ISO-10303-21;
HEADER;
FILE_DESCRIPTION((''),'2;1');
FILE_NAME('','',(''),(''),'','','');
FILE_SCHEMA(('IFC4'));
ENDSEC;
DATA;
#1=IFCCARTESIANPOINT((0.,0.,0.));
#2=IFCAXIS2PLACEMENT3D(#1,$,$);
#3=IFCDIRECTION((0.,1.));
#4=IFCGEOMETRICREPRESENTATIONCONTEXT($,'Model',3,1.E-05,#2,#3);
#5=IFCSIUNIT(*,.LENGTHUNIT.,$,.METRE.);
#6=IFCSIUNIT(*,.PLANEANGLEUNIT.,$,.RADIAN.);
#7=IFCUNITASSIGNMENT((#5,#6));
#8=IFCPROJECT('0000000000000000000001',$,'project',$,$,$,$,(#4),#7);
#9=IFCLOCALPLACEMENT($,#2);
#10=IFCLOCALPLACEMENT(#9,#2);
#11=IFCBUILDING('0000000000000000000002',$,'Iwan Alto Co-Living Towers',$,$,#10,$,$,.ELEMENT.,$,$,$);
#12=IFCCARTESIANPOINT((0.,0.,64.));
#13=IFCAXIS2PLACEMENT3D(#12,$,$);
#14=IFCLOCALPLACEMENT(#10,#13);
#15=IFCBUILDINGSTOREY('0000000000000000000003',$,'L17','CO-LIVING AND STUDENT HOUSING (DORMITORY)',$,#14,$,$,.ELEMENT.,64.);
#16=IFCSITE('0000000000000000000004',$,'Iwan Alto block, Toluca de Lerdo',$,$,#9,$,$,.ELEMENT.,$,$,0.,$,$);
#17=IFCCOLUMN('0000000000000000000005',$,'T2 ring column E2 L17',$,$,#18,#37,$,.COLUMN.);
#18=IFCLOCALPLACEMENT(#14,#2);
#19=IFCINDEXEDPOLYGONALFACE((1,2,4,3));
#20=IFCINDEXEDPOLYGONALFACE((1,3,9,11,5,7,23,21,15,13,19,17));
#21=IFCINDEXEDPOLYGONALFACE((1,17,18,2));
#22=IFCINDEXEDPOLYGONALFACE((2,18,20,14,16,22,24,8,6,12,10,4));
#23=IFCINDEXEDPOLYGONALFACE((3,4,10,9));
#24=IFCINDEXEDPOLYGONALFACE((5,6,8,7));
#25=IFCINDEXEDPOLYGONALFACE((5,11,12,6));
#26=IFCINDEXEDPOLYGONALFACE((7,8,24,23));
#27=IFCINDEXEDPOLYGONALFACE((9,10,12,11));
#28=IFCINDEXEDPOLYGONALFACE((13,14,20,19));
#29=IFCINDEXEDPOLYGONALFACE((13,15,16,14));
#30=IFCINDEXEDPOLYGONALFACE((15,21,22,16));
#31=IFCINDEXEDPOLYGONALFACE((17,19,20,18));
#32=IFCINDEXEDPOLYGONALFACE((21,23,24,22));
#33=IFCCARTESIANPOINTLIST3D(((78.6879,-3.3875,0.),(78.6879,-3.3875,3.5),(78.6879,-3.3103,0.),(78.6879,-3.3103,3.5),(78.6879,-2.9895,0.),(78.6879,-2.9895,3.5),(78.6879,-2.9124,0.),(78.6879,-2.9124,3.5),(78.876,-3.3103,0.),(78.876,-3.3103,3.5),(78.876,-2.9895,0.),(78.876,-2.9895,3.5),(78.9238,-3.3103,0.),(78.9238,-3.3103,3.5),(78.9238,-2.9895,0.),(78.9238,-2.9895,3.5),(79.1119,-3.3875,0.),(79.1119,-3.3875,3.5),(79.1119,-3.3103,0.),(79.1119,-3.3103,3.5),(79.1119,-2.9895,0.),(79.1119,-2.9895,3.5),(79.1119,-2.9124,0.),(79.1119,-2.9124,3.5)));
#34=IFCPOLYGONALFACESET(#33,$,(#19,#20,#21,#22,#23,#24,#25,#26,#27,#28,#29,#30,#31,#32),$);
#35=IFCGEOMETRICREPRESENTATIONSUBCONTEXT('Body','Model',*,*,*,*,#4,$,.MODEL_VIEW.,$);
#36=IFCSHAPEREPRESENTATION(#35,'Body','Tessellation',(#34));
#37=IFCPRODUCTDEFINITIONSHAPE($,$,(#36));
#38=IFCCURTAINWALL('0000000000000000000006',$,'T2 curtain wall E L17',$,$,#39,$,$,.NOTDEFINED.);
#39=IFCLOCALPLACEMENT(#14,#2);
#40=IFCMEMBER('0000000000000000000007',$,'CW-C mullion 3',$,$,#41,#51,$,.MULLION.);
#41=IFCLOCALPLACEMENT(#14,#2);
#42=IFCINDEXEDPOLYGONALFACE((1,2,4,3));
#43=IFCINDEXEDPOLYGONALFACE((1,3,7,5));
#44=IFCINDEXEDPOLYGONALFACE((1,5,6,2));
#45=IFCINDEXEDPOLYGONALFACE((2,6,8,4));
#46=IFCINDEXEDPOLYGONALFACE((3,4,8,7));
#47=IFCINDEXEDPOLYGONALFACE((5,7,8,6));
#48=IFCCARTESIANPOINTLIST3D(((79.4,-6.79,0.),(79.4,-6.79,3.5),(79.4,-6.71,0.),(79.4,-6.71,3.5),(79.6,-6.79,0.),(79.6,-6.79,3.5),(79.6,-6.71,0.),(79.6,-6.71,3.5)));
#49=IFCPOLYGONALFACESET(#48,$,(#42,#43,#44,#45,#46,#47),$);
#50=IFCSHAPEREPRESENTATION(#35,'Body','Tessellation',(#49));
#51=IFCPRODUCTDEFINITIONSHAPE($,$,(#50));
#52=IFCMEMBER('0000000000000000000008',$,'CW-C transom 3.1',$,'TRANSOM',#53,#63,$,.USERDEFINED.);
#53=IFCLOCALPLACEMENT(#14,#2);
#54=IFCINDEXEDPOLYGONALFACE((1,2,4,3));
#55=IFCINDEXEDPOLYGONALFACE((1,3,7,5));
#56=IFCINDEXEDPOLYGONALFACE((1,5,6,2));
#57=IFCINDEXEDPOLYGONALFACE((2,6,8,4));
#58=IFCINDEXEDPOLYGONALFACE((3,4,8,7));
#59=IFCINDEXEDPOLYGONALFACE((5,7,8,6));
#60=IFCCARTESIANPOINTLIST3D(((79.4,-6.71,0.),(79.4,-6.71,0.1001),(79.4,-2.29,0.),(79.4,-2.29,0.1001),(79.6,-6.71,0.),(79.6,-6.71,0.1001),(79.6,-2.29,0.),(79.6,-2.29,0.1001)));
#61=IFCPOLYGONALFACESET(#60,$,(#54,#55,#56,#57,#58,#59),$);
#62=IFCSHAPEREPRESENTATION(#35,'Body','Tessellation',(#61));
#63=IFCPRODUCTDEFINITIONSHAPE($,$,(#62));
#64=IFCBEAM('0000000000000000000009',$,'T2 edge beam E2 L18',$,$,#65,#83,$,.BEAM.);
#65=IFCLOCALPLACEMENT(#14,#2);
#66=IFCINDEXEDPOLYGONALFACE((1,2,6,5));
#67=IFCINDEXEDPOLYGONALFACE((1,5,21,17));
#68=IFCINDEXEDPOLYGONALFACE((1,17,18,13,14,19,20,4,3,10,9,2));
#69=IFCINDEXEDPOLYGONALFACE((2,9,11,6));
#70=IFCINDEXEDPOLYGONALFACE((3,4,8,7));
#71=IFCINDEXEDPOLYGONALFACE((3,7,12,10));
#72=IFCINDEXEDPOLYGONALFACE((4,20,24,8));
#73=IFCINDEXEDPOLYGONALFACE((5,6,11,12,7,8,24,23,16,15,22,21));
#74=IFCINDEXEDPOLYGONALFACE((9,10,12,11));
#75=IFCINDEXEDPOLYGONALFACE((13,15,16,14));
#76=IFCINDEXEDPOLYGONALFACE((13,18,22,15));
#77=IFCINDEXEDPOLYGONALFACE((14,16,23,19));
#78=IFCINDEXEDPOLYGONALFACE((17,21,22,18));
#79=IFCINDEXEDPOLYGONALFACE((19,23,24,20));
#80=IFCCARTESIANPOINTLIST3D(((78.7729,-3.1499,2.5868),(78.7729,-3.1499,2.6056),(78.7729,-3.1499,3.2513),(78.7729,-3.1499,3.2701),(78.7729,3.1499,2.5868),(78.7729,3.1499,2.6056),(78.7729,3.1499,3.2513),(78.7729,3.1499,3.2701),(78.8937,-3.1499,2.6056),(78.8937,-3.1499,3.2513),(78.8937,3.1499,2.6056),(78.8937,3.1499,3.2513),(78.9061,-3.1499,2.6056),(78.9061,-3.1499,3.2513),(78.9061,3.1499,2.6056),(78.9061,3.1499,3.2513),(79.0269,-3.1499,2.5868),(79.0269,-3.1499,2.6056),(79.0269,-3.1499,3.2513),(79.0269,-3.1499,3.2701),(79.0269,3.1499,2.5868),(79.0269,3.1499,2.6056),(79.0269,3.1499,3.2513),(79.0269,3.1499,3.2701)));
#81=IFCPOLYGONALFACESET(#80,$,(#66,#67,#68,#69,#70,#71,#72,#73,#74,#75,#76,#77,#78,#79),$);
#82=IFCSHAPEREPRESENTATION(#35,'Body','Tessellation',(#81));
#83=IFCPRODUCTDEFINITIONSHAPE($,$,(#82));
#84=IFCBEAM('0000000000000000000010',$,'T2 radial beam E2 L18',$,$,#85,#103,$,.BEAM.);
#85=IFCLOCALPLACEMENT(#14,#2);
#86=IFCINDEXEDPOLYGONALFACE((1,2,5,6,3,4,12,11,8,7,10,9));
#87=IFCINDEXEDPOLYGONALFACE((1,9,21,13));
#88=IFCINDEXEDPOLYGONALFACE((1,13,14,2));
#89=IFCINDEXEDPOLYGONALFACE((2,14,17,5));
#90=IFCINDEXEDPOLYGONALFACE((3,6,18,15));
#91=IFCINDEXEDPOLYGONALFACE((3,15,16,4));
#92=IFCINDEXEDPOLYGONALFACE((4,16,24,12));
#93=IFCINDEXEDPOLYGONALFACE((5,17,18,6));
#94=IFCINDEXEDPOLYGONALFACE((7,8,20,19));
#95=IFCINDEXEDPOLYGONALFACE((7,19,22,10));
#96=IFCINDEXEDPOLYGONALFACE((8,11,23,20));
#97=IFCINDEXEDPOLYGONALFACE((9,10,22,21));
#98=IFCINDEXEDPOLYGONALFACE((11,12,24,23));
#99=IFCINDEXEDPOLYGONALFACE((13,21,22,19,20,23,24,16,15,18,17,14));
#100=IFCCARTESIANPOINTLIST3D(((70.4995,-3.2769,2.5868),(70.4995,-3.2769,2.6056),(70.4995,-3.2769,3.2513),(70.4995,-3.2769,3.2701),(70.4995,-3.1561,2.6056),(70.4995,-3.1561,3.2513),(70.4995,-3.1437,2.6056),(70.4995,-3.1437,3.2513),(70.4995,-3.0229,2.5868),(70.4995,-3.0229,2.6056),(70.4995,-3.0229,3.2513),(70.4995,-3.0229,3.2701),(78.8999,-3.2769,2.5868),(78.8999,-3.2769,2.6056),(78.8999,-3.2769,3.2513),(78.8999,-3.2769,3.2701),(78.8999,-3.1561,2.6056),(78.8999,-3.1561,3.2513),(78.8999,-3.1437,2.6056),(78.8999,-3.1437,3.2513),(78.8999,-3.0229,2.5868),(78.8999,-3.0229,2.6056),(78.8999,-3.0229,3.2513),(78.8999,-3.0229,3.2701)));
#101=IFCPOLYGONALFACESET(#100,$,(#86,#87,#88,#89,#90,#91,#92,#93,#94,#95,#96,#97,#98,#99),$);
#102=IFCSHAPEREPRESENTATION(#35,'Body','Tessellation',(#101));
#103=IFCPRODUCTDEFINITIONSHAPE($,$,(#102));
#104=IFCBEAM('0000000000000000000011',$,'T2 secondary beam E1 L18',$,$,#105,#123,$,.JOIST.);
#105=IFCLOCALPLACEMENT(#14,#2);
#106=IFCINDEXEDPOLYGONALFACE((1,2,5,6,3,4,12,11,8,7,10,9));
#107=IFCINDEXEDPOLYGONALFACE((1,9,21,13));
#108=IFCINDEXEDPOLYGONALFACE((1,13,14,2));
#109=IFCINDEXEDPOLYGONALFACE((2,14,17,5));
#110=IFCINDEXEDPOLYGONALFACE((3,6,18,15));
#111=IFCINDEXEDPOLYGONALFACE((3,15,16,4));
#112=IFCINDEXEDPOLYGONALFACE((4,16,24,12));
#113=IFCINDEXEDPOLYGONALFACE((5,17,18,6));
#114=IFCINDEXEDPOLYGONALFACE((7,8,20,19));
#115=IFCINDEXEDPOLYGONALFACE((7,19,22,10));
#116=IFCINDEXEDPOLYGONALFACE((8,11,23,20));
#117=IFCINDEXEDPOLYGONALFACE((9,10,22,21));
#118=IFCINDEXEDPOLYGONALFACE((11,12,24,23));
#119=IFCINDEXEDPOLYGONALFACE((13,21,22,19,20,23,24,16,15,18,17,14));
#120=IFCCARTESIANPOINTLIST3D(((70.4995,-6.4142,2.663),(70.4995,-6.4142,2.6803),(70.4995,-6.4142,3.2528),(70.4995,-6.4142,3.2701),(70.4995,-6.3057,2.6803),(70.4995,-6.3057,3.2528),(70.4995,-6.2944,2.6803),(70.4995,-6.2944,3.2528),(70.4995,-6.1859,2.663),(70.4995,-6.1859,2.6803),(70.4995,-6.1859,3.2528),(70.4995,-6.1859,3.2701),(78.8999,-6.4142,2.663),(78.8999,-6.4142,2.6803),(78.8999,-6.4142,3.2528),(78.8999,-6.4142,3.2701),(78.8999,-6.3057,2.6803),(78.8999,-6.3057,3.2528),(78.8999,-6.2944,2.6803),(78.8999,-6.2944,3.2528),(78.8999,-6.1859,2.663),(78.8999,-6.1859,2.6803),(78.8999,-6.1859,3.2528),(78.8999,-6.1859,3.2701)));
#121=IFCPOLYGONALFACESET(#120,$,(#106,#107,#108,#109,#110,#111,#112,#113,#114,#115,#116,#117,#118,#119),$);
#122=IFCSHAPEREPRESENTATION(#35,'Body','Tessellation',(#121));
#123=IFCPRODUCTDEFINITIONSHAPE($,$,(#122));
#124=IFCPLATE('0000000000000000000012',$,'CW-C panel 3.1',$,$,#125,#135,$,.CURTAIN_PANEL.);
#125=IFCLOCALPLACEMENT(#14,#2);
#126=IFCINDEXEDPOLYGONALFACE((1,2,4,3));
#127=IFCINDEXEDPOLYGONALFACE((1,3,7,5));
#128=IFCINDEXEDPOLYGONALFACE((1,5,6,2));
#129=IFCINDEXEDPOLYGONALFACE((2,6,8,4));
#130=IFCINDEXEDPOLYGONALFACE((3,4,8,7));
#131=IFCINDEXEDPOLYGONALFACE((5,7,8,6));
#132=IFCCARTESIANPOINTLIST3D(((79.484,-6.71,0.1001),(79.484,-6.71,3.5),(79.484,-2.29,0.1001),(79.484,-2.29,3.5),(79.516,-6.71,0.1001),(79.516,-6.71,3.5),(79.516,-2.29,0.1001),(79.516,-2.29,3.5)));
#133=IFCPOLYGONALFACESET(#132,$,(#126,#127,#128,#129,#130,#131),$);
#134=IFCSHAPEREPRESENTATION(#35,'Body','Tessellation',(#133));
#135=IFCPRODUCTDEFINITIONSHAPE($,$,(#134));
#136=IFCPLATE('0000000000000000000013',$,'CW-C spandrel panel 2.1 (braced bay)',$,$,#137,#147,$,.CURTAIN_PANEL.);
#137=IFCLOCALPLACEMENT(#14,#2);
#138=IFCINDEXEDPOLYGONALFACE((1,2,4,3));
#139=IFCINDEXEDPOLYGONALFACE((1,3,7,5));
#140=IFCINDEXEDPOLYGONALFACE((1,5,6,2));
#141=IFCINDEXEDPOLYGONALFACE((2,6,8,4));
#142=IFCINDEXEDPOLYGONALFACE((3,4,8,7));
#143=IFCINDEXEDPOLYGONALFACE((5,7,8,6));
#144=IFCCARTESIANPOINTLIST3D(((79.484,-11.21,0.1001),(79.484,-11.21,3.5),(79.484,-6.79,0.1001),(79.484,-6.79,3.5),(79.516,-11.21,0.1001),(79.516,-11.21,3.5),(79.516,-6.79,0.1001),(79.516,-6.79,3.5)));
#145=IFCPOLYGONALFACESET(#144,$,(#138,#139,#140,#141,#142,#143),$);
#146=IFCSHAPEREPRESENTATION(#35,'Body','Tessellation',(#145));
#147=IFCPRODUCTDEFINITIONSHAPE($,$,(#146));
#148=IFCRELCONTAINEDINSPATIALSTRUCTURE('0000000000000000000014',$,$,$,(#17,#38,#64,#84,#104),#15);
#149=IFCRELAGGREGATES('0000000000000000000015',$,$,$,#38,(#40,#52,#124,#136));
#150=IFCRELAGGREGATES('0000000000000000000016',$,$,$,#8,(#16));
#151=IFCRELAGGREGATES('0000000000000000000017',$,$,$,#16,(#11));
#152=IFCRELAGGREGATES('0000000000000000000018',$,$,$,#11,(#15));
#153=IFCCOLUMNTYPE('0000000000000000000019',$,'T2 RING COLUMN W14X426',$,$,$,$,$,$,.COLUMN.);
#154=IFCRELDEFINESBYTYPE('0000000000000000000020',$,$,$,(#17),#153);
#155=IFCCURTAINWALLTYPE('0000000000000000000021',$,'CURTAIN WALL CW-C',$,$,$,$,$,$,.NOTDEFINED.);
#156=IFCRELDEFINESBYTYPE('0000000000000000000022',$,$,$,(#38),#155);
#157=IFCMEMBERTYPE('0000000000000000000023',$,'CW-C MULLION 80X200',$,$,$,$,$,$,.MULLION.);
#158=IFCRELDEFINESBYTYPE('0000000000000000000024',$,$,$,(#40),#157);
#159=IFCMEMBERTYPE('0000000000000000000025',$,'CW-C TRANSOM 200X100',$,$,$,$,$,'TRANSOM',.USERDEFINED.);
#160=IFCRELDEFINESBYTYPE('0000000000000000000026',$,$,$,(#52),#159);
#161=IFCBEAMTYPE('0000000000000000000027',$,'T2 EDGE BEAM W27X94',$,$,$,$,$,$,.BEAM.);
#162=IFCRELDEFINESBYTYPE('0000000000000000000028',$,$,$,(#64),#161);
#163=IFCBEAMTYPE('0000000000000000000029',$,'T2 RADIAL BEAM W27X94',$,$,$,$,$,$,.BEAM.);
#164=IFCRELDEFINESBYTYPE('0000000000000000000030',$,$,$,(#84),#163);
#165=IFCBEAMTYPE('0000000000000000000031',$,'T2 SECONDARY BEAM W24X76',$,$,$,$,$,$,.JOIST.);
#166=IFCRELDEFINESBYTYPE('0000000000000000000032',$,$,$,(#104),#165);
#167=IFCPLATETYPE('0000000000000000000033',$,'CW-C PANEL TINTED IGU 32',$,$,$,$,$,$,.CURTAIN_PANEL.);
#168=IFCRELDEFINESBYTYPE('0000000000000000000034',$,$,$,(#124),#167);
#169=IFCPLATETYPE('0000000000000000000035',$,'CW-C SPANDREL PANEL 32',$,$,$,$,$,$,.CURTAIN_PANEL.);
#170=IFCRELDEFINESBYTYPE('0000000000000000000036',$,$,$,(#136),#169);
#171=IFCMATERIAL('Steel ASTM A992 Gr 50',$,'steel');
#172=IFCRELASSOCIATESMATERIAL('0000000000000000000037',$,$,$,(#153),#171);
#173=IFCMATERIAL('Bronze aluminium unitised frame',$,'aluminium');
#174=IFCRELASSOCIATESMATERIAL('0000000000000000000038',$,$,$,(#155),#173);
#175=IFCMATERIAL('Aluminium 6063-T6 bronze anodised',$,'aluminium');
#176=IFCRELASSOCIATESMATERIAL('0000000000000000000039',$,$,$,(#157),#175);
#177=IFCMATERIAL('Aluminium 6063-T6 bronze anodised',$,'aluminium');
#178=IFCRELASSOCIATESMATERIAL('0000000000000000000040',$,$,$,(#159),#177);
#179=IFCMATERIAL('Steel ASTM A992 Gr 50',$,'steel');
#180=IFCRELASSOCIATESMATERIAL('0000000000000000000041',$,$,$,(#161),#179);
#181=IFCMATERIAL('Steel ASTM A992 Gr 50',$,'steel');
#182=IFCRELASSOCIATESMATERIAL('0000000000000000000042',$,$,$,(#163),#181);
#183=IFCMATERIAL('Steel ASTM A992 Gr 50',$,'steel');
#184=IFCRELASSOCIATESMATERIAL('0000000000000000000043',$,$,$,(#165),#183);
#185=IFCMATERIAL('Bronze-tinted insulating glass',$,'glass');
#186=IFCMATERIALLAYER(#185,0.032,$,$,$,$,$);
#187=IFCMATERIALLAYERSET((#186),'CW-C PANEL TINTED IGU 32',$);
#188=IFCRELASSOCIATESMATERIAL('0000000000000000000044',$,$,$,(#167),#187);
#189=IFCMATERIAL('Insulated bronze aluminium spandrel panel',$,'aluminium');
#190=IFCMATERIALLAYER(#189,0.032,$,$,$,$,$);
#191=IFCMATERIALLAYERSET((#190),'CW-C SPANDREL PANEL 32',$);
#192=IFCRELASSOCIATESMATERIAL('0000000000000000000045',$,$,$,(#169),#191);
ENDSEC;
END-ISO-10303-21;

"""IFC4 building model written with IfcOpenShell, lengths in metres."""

from ifc_helpers import new_model, si_unit, direction, frame, origin, origin_2d, place, context, subcontext, project, spatial, rectangle, i_section, extrude, material, layer, layer_set, material_profile, profile_set, type_object, element, aggregate, save


model = new_model("IFC4")

# Units and contexts
model_context = context("Model", 3, precision=1e-05, world=origin(), true_north=direction((0.0, 1.0)))
body_context = subcontext(model_context, "Body", "Model", "MODEL_VIEW")
ifc_project = project(units=[si_unit("LENGTHUNIT", "METRE"), si_unit("PLANEANGLEUNIT", "RADIAN")], contexts=[model_context])

# Site, building, storey
site_placement = place(None, origin())
site = spatial("IfcSite", under=ifc_project, at=site_placement, Name="Iwan Alto block, Toluca de Lerdo", CompositionType="ELEMENT", RefElevation=0.0)
building_placement = place(site_placement, origin())
building = spatial("IfcBuilding", under=site, at=building_placement, Name="Iwan Alto Co-Living Towers", CompositionType="ELEMENT")
storey_placement = place(building_placement, frame((0.0, 0.0, 64.0)))
storey = spatial("IfcBuildingStorey", under=building, at=storey_placement, Name="L17", Description="CO-LIVING AND STUDENT HOUSING (DORMITORY)", CompositionType="ELEMENT", Elevation=64.0)

# Column
ifc_material_1 = material(Name="Steel ASTM A992 Gr 50", Category="steel")
ifc_material_profile_1 = material_profile(ifc_material_1, i_section(OverallWidth=0.4241, OverallDepth=0.4751, WebThickness=0.0479, FlangeThickness=0.0771, at=origin_2d()), Name="W14X426")
ifc_profile_set_1 = profile_set([ifc_material_profile_1], Name="Steel ASTM A992 Gr 50")
column_type = type_object("IfcColumnType", Name="T2 RING COLUMN W14X426", PredefinedType="COLUMN", material=ifc_profile_set_1)
column_placement = place(storey_placement, frame((78.8999, -3.1499, 0.0), z_axis=(0.0, 0.0, 1.0), x_axis=(1.0, 0.0, 0.0)))
element("IfcColumn", 1, at=column_placement, inside=storey, type_object=column_type, Name="T2 ring column E2 L17", PredefinedType="COLUMN", context=body_context, shape_type="SweptSolid", body=[
    extrude(i_section(OverallWidth=0.4241, OverallDepth=0.4751, WebThickness=0.0479, FlangeThickness=0.0771, at=origin_2d()), origin(), (0.0, 0.0, 1.0), 3.5),
])

# Curtain wall, members
ifc_material_2 = material(Name="Bronze aluminium unitised frame", Category="aluminium")
curtain_wall_type = type_object("IfcCurtainWallType", Name="CURTAIN WALL CW-C", PredefinedType="NOTDEFINED", material=ifc_material_2)
curtain_wall_placement = place(storey_placement, origin())
curtain_wall = element("IfcCurtainWall", 2, at=curtain_wall_placement, inside=storey, type_object=curtain_wall_type, Name="T2 curtain wall E L17", PredefinedType="NOTDEFINED")
ifc_material_3 = material(Name="Aluminium 6063-T6 bronze anodised", Category="aluminium")
ifc_material_profile_2 = material_profile(ifc_material_3, rectangle(XDim=0.2, YDim=0.0801, at=origin_2d()), Name="AL 80X200")
ifc_profile_set_2 = profile_set([ifc_material_profile_2], Name="Aluminium 6063-T6 bronze anodised")
member_type_1 = type_object("IfcMemberType", Name="CW-C MULLION 80X200", PredefinedType="MULLION", material=ifc_profile_set_2)
member_1_placement = place(storey_placement, frame((79.5, -6.75, 0.0), z_axis=(0.0, 0.0, 1.0), x_axis=(-1.0, 0.0, 0.0)))
member_1 = element("IfcMember", 3, at=member_1_placement, type_object=member_type_1, Name="CW-C mullion 3", PredefinedType="MULLION", context=body_context, shape_type="SweptSolid", body=[
    extrude(rectangle(XDim=0.2, YDim=0.0801, at=origin_2d()), origin(), (0.0, 0.0, 1.0), 3.5),
])
ifc_material_4 = material(Name="Aluminium 6063-T6 bronze anodised", Category="aluminium")
ifc_material_profile_3 = material_profile(ifc_material_4, rectangle(XDim=0.2, YDim=0.1001, at=origin_2d()), Name="AL 200X100")
ifc_profile_set_3 = profile_set([ifc_material_profile_3], Name="Aluminium 6063-T6 bronze anodised")
member_type_2 = type_object("IfcMemberType", Name="CW-C TRANSOM 200X100", ElementType="TRANSOM", PredefinedType="USERDEFINED", material=ifc_profile_set_3)
member_2_placement = place(storey_placement, frame((79.5, -6.71, 0.05), z_axis=(0.0, 1.0, 0.0), x_axis=(-1.0, 0.0, 0.0)))
member_2 = element("IfcMember", 4, at=member_2_placement, type_object=member_type_2, Name="CW-C transom 3.1", ObjectType="TRANSOM", PredefinedType="USERDEFINED", context=body_context, shape_type="SweptSolid", body=[
    extrude(rectangle(XDim=0.2, YDim=0.1001, at=origin_2d()), origin(), (0.0, 0.0, 1.0), 4.4199),
])

# Beams
ifc_material_5 = material(Name="Steel ASTM A992 Gr 50", Category="steel")
ifc_material_profile_4 = material_profile(ifc_material_5, i_section(OverallWidth=0.2539, OverallDepth=0.6833, WebThickness=0.0125, FlangeThickness=0.0188, at=origin_2d()), Name="W27X94")
ifc_profile_set_4 = profile_set([ifc_material_profile_4], Name="Steel ASTM A992 Gr 50")
beam_type_1 = type_object("IfcBeamType", Name="T2 EDGE BEAM W27X94", PredefinedType="BEAM", material=ifc_profile_set_4)
beam_1_placement = place(storey_placement, frame((78.8999, -3.1499, 2.9285), z_axis=(0.0, 1.0, 0.0), x_axis=(-1.0, 0.0, 0.0)))
element("IfcBeam", 5, at=beam_1_placement, inside=storey, type_object=beam_type_1, Name="T2 edge beam E2 L18", PredefinedType="BEAM", context=body_context, shape_type="SweptSolid", body=[
    extrude(i_section(OverallWidth=0.2539, OverallDepth=0.6833, WebThickness=0.0125, FlangeThickness=0.0188, at=origin_2d()), origin(), (0.0, 0.0, 1.0), 6.2998),
])
ifc_material_6 = material(Name="Steel ASTM A992 Gr 50", Category="steel")
ifc_material_profile_5 = material_profile(ifc_material_6, i_section(OverallWidth=0.2539, OverallDepth=0.6833, WebThickness=0.0125, FlangeThickness=0.0188, at=origin_2d()), Name="W27X94")
ifc_profile_set_5 = profile_set([ifc_material_profile_5], Name="Steel ASTM A992 Gr 50")
beam_type_2 = type_object("IfcBeamType", Name="T2 RADIAL BEAM W27X94", PredefinedType="BEAM", material=ifc_profile_set_5)
beam_2_placement = place(storey_placement, frame((78.8999, -3.1499, 2.9285), z_axis=(-1.0, 0.0, 0.0), x_axis=(0.0, -1.0, 0.0)))
element("IfcBeam", 6, at=beam_2_placement, inside=storey, type_object=beam_type_2, Name="T2 radial beam E2 L18", PredefinedType="BEAM", context=body_context, shape_type="SweptSolid", body=[
    extrude(i_section(OverallWidth=0.2539, OverallDepth=0.6833, WebThickness=0.0125, FlangeThickness=0.0188, at=origin_2d()), origin(), (0.0, 0.0, 1.0), 8.4004),
])
ifc_material_7 = material(Name="Steel ASTM A992 Gr 50", Category="steel")
ifc_material_profile_6 = material_profile(ifc_material_7, i_section(OverallWidth=0.2283, OverallDepth=0.6072, WebThickness=0.0112, FlangeThickness=0.0173, at=origin_2d()), Name="W24X76")
ifc_profile_set_6 = profile_set([ifc_material_profile_6], Name="Steel ASTM A992 Gr 50")
beam_type_3 = type_object("IfcBeamType", Name="T2 SECONDARY BEAM W24X76", PredefinedType="JOIST", material=ifc_profile_set_6)
beam_3_placement = place(storey_placement, frame((78.8999, -6.3, 2.9666), z_axis=(-1.0, 0.0, 0.0), x_axis=(0.0, -1.0, 0.0)))
element("IfcBeam", 7, at=beam_3_placement, inside=storey, type_object=beam_type_3, Name="T2 secondary beam E1 L18", PredefinedType="JOIST", context=body_context, shape_type="SweptSolid", body=[
    extrude(i_section(OverallWidth=0.2283, OverallDepth=0.6072, WebThickness=0.0112, FlangeThickness=0.0173, at=origin_2d()), origin(), (0.0, 0.0, 1.0), 8.4004),
])

# Plates
ifc_material_8 = material(Name="Bronze-tinted insulating glass", Category="glass")
ifc_layer_1 = layer(ifc_material_8, 0.032)
ifc_layer_set_1 = layer_set([ifc_layer_1], Name="CW-C PANEL TINTED IGU 32")
plate_type_1 = type_object("IfcPlateType", Name="CW-C PANEL TINTED IGU 32", PredefinedType="CURTAIN_PANEL", material=ifc_layer_set_1)
plate_1_placement = place(storey_placement, frame((79.5, -4.5, 0.1001), z_axis=(0.0, 0.0, 1.0), x_axis=(0.0, 1.0, 0.0)))
plate_1 = element("IfcPlate", 8, at=plate_1_placement, type_object=plate_type_1, Name="CW-C panel 3.1", PredefinedType="CURTAIN_PANEL", context=body_context, shape_type="SweptSolid", body=[
    extrude(rectangle(XDim=4.4199, YDim=0.032, at=origin_2d()), origin(), (0.0, 0.0, 1.0), 3.3999),
])
ifc_material_9 = material(Name="Insulated bronze aluminium spandrel panel", Category="aluminium")
ifc_layer_2 = layer(ifc_material_9, 0.032)
ifc_layer_set_2 = layer_set([ifc_layer_2], Name="CW-C SPANDREL PANEL 32")
plate_type_2 = type_object("IfcPlateType", Name="CW-C SPANDREL PANEL 32", PredefinedType="CURTAIN_PANEL", material=ifc_layer_set_2)
plate_2_placement = place(storey_placement, frame((79.5, -9.0, 0.1001), z_axis=(0.0, 0.0, 1.0), x_axis=(0.0, 1.0, 0.0)))
plate_2 = element("IfcPlate", 9, at=plate_2_placement, type_object=plate_type_2, Name="CW-C spandrel panel 2.1 (braced bay)", PredefinedType="CURTAIN_PANEL", context=body_context, shape_type="SweptSolid", body=[
    extrude(rectangle(XDim=4.4199, YDim=0.032, at=origin_2d()), origin(), (0.0, 0.0, 1.0), 3.3999),
])
aggregate(curtain_wall, [member_1, member_2, plate_1, plate_2])

save(model, "model.ifc")
